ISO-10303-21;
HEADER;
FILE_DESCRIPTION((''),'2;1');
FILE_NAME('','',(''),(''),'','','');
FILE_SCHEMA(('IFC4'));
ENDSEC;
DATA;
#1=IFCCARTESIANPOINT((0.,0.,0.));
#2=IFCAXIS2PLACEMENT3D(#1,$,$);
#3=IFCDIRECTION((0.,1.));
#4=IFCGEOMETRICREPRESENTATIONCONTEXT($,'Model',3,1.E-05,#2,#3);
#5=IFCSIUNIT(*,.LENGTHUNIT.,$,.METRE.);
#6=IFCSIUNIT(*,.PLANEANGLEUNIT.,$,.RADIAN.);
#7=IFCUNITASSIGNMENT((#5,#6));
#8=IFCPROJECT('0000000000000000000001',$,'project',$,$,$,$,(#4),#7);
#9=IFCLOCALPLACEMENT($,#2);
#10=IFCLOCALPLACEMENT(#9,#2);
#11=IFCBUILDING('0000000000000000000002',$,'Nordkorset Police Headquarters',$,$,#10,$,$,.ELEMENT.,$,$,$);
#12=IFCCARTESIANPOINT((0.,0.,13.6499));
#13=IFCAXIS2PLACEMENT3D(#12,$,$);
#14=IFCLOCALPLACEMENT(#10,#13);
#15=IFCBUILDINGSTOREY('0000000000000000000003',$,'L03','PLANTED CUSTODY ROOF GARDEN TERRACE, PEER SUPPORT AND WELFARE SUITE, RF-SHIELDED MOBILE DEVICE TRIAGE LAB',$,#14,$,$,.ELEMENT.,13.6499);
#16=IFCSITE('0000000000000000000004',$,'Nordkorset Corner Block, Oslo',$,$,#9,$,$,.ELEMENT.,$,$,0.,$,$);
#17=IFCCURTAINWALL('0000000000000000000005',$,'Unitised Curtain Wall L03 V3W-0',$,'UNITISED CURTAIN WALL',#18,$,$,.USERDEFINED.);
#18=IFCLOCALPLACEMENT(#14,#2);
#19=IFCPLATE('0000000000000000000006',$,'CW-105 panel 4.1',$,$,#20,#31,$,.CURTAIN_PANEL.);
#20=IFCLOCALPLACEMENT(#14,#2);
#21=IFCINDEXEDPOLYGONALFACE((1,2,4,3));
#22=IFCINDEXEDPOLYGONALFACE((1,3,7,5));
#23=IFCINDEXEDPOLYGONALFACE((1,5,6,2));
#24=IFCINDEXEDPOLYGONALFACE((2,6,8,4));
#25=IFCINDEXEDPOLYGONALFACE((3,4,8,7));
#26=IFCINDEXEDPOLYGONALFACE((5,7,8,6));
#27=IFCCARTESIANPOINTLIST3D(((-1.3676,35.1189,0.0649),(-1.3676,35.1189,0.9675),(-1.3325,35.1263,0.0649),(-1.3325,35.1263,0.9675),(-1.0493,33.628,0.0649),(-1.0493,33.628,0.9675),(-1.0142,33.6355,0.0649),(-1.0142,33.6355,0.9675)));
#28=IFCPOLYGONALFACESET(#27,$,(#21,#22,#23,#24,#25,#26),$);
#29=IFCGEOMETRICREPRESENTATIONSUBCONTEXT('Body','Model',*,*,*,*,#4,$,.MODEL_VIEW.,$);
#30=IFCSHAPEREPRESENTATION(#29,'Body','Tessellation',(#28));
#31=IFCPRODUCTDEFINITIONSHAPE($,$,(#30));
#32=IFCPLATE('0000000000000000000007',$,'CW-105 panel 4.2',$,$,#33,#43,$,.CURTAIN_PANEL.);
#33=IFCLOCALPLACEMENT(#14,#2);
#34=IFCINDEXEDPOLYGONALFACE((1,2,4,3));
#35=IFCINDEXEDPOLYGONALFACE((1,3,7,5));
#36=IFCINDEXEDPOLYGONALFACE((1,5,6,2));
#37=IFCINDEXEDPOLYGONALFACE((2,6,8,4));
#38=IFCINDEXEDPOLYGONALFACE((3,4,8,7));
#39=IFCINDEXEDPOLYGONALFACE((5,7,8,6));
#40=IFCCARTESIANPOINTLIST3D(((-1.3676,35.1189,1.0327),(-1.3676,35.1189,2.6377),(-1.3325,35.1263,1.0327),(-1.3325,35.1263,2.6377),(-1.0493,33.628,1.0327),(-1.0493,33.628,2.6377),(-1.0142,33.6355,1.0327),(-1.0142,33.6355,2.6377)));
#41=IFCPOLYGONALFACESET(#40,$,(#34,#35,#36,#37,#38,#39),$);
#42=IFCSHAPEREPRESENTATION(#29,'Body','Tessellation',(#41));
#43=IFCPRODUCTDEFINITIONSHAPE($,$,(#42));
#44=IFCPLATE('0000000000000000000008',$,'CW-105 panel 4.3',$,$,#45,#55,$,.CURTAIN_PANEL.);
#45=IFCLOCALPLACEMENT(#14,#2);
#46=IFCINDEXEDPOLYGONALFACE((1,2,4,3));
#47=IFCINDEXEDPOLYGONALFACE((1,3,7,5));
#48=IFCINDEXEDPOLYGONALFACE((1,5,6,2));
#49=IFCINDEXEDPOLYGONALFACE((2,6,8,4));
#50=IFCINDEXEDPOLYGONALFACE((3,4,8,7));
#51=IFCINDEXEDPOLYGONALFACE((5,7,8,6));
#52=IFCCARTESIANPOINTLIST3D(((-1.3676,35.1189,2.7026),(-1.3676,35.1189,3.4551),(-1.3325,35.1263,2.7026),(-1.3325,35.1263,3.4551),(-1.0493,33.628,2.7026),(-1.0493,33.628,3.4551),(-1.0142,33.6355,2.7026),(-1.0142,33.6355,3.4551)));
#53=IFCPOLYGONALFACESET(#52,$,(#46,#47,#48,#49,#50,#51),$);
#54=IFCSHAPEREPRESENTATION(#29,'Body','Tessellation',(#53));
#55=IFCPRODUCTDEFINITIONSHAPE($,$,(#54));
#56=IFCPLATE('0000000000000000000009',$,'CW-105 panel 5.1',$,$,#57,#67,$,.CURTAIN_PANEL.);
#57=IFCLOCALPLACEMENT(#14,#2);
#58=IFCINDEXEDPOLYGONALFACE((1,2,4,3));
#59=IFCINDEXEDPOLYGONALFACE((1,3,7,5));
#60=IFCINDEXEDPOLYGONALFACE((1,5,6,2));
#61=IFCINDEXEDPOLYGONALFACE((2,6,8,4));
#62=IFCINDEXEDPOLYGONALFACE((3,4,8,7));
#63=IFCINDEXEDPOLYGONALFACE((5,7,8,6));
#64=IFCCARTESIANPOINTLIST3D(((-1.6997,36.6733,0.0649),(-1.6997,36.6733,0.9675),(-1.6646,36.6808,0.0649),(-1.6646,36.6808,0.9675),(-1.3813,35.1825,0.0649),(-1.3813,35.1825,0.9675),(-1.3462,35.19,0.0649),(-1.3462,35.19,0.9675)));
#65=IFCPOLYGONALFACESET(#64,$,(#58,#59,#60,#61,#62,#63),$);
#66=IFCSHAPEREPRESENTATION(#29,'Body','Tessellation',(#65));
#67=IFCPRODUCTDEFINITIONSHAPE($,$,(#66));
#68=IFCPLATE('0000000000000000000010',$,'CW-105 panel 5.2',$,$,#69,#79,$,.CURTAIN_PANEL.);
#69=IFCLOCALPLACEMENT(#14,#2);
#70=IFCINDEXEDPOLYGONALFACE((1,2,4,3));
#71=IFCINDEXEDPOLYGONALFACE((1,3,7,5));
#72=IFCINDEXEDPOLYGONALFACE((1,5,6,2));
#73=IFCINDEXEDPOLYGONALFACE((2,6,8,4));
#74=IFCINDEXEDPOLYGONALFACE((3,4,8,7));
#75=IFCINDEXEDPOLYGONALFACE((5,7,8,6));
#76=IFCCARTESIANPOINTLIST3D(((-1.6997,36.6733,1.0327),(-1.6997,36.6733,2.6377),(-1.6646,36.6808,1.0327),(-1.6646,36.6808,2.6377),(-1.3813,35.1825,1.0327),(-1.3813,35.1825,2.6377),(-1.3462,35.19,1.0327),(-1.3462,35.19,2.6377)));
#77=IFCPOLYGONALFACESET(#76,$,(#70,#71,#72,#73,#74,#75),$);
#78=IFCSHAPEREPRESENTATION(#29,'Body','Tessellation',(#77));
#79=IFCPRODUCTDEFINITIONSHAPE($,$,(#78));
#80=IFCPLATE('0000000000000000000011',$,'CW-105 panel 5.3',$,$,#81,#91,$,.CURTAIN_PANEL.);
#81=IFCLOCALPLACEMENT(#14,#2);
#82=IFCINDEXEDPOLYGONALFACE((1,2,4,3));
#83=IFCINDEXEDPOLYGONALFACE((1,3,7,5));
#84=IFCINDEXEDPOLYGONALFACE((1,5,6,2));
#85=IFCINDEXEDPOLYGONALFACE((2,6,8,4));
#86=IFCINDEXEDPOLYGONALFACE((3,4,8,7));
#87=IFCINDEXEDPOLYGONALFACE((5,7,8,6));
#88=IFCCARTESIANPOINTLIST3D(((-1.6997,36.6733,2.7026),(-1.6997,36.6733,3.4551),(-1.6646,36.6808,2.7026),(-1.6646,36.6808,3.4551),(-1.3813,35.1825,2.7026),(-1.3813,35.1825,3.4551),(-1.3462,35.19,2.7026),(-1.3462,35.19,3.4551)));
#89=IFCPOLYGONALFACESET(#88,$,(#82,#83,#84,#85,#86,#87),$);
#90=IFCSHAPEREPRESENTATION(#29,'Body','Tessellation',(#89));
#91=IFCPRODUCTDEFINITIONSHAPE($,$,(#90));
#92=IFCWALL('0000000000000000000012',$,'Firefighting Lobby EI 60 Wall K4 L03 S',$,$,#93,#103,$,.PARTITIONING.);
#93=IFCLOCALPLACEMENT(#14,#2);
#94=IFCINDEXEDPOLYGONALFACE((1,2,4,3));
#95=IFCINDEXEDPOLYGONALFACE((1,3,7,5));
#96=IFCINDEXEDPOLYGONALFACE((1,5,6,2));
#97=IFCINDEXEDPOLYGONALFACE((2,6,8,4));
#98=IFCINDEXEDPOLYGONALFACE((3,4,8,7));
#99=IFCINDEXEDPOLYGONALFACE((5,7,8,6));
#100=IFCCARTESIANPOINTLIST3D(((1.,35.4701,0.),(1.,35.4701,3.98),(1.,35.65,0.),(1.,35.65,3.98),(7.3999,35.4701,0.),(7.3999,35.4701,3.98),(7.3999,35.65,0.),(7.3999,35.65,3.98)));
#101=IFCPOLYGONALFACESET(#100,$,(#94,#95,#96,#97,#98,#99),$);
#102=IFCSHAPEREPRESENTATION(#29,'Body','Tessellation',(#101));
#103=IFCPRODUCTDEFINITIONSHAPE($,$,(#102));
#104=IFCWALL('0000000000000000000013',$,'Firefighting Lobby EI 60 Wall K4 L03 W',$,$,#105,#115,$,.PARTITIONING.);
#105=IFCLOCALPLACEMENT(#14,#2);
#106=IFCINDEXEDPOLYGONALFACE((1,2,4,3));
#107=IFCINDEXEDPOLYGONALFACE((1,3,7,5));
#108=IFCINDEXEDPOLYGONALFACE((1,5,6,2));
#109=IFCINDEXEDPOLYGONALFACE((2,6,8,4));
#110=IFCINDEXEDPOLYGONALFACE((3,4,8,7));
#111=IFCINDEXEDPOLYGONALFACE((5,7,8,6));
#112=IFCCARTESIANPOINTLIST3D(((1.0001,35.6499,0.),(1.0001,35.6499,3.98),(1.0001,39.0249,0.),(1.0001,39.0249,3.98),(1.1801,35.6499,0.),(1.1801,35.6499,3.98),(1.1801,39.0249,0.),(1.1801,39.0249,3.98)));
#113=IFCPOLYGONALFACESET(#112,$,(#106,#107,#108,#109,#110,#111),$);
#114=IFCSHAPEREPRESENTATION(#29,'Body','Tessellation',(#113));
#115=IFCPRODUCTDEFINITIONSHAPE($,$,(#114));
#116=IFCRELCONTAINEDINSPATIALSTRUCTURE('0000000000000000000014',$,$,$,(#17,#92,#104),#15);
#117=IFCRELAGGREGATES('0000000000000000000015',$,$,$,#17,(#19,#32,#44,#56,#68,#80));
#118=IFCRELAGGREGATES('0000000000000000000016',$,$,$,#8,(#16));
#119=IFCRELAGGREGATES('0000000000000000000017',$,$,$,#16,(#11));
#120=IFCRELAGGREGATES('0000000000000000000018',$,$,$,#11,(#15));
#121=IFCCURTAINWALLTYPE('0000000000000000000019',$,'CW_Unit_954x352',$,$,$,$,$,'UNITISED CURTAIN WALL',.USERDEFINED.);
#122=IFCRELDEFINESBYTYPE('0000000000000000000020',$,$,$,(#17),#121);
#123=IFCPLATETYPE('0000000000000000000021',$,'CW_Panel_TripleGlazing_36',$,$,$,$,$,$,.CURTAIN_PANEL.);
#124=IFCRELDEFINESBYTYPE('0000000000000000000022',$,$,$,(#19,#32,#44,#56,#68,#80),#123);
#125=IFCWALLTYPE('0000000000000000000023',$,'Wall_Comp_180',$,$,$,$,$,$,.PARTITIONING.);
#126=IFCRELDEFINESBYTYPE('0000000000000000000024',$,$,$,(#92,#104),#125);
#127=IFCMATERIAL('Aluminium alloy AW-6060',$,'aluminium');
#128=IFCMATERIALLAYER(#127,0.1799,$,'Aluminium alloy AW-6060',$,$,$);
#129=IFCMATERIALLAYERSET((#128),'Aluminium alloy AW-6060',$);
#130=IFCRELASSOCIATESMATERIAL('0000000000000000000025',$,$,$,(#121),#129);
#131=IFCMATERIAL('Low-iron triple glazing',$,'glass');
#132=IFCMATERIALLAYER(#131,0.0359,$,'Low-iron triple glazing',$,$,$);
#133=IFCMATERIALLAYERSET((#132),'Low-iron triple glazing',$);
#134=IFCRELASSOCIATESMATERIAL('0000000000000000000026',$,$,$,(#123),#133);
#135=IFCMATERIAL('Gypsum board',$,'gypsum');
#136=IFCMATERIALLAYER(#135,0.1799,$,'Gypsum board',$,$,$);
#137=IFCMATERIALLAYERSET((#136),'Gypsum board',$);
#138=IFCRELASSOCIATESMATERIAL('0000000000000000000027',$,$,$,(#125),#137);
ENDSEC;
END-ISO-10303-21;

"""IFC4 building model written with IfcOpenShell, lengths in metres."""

from ifc_helpers import new_model, si_unit, direction, frame, frame_2d, origin, origin_2d, place, context, subcontext, project, spatial, rectangle, extrude, material, layer, layer_set, type_object, element, aggregate, save


model = new_model("IFC4")

# Units and contexts
model_context = context("Model", 3, precision=1e-05, world=origin(), true_north=direction((0.0, 1.0)))
body_context = subcontext(model_context, "Body", "Model", "MODEL_VIEW")
ifc_project = project(units=[si_unit("LENGTHUNIT", "METRE"), si_unit("PLANEANGLEUNIT", "RADIAN")], contexts=[model_context])

# Site, building, storey
site_placement = place(None, origin())
site = spatial("IfcSite", under=ifc_project, at=site_placement, Name="Nordkorset Corner Block, Oslo", CompositionType="ELEMENT", RefElevation=0.0)
building_placement = place(site_placement, origin())
building = spatial("IfcBuilding", under=site, at=building_placement, Name="Nordkorset Police Headquarters", CompositionType="ELEMENT")
storey_placement = place(building_placement, frame((0.0, 0.0, 13.6499)))
storey = spatial("IfcBuildingStorey", under=building, at=storey_placement, Name="L03", Description="PLANTED CUSTODY ROOF GARDEN TERRACE, PEER SUPPORT AND WELFARE SUITE, RF-SHIELDED MOBILE DEVICE TRIAGE LAB", CompositionType="ELEMENT", Elevation=13.6499)

# Curtain wall, plates
ifc_material_1 = material(Name="Aluminium alloy AW-6060", Category="aluminium")
ifc_layer_1 = layer(ifc_material_1, 0.1799, Name="Aluminium alloy AW-6060")
ifc_layer_set_1 = layer_set([ifc_layer_1], Name="Aluminium alloy AW-6060")
curtain_wall_type = type_object("IfcCurtainWallType", Name="CW_Unit_954x352", ElementType="UNITISED CURTAIN WALL", PredefinedType="USERDEFINED", material=ifc_layer_set_1)
curtain_wall_placement = place(storey_placement, origin())
curtain_wall = element("IfcCurtainWall", 1, at=curtain_wall_placement, inside=storey, type_object=curtain_wall_type, Name="Unitised Curtain Wall L03 V3W-0", ObjectType="UNITISED CURTAIN WALL", PredefinedType="USERDEFINED")
ifc_material_2 = material(Name="Low-iron triple glazing", Category="glass")
ifc_layer_2 = layer(ifc_material_2, 0.0359, Name="Low-iron triple glazing")
ifc_layer_set_2 = layer_set([ifc_layer_2], Name="Low-iron triple glazing")
plate_type = type_object("IfcPlateType", Name="CW_Panel_TripleGlazing_36", PredefinedType="CURTAIN_PANEL", material=ifc_layer_set_2)
plate_1_placement = place(storey_placement, frame((-1.1909, 34.3772, 0.0649), z_axis=(0.0, 0.0, 1.0), x_axis=(-0.208833, 0.977951, 0.0)))
plate_1 = element("IfcPlate", 2, at=plate_1_placement, type_object=plate_type, Name="CW-105 panel 4.1", PredefinedType="CURTAIN_PANEL", context=body_context, shape_type="SweptSolid", body=[
    extrude(rectangle(XDim=1.5244, YDim=0.0359, at=origin_2d()), origin(), (0.0, 0.0, 1.0), 0.9026),
])
plate_2_placement = place(storey_placement, frame((-1.1909, 34.3772, 1.0327), z_axis=(0.0, 0.0, 1.0), x_axis=(-0.208833, 0.977951, 0.0)))
plate_2 = element("IfcPlate", 3, at=plate_2_placement, type_object=plate_type, Name="CW-105 panel 4.2", PredefinedType="CURTAIN_PANEL", context=body_context, shape_type="SweptSolid", body=[
    extrude(rectangle(XDim=1.5244, YDim=0.0359, at=origin_2d()), origin(), (0.0, 0.0, 1.0), 1.605),
])
plate_3_placement = place(storey_placement, frame((-1.1909, 34.3772, 2.7026), z_axis=(0.0, 0.0, 1.0), x_axis=(-0.208833, 0.977951, 0.0)))
plate_3 = element("IfcPlate", 4, at=plate_3_placement, type_object=plate_type, Name="CW-105 panel 4.3", PredefinedType="CURTAIN_PANEL", context=body_context, shape_type="SweptSolid", body=[
    extrude(rectangle(XDim=1.5244, YDim=0.0359, at=origin_2d()), origin(), (0.0, 0.0, 1.0), 0.7524),
])
plate_4_placement = place(storey_placement, frame((-1.5229, 35.9316, 0.0649), z_axis=(0.0, 0.0, 1.0), x_axis=(-0.208833, 0.977951, 0.0)))
plate_4 = element("IfcPlate", 5, at=plate_4_placement, type_object=plate_type, Name="CW-105 panel 5.1", PredefinedType="CURTAIN_PANEL", context=body_context, shape_type="SweptSolid", body=[
    extrude(rectangle(XDim=1.5244, YDim=0.0359, at=origin_2d()), origin(), (0.0, 0.0, 1.0), 0.9026),
])
plate_5_placement = place(storey_placement, frame((-1.5229, 35.9316, 1.0327), z_axis=(0.0, 0.0, 1.0), x_axis=(-0.208833, 0.977951, 0.0)))
plate_5 = element("IfcPlate", 6, at=plate_5_placement, type_object=plate_type, Name="CW-105 panel 5.2", PredefinedType="CURTAIN_PANEL", context=body_context, shape_type="SweptSolid", body=[
    extrude(rectangle(XDim=1.5244, YDim=0.0359, at=origin_2d()), origin(), (0.0, 0.0, 1.0), 1.605),
])
plate_6_placement = place(storey_placement, frame((-1.5229, 35.9316, 2.7026), z_axis=(0.0, 0.0, 1.0), x_axis=(-0.208833, 0.977951, 0.0)))
plate_6 = element("IfcPlate", 7, at=plate_6_placement, type_object=plate_type, Name="CW-105 panel 5.3", PredefinedType="CURTAIN_PANEL", context=body_context, shape_type="SweptSolid", body=[
    extrude(rectangle(XDim=1.5244, YDim=0.0359, at=origin_2d()), origin(), (0.0, 0.0, 1.0), 0.7524),
])
aggregate(curtain_wall, [plate_1, plate_2, plate_3, plate_4, plate_5, plate_6])

# Walls
ifc_material_3 = material(Name="Gypsum board", Category="gypsum")
ifc_layer_3 = layer(ifc_material_3, 0.1799, Name="Gypsum board")
ifc_layer_set_3 = layer_set([ifc_layer_3], Name="Gypsum board")
wall_type = type_object("IfcWallType", Name="Wall_Comp_180", PredefinedType="PARTITIONING", material=ifc_layer_set_3)
wall_1_placement = place(storey_placement, frame((1.0, 35.5601, 0.0), z_axis=(0.0, 0.0, 1.0), x_axis=(1.0, 0.0, 0.0)))
element("IfcWall", 8, at=wall_1_placement, inside=storey, type_object=wall_type, Name="Firefighting Lobby EI 60 Wall K4 L03 S", PredefinedType="PARTITIONING", context=body_context, shape_type="SweptSolid", body=[
    extrude(rectangle(XDim=6.3999, YDim=0.1799, at=frame_2d((3.2, 0.0))), origin(), (0.0, 0.0, 1.0), 3.98),
])
wall_2_placement = place(storey_placement, frame((1.0901, 35.6499, 0.0), z_axis=(0.0, 0.0, 1.0), x_axis=(0.0, 1.0, 0.0)))
element("IfcWall", 9, at=wall_2_placement, inside=storey, type_object=wall_type, Name="Firefighting Lobby EI 60 Wall K4 L03 W", PredefinedType="PARTITIONING", context=body_context, shape_type="SweptSolid", body=[
    extrude(rectangle(XDim=3.375, YDim=0.1799, at=frame_2d((1.6875, 0.0))), origin(), (0.0, 0.0, 1.0), 3.98),
])

save(model, "model.ifc")
